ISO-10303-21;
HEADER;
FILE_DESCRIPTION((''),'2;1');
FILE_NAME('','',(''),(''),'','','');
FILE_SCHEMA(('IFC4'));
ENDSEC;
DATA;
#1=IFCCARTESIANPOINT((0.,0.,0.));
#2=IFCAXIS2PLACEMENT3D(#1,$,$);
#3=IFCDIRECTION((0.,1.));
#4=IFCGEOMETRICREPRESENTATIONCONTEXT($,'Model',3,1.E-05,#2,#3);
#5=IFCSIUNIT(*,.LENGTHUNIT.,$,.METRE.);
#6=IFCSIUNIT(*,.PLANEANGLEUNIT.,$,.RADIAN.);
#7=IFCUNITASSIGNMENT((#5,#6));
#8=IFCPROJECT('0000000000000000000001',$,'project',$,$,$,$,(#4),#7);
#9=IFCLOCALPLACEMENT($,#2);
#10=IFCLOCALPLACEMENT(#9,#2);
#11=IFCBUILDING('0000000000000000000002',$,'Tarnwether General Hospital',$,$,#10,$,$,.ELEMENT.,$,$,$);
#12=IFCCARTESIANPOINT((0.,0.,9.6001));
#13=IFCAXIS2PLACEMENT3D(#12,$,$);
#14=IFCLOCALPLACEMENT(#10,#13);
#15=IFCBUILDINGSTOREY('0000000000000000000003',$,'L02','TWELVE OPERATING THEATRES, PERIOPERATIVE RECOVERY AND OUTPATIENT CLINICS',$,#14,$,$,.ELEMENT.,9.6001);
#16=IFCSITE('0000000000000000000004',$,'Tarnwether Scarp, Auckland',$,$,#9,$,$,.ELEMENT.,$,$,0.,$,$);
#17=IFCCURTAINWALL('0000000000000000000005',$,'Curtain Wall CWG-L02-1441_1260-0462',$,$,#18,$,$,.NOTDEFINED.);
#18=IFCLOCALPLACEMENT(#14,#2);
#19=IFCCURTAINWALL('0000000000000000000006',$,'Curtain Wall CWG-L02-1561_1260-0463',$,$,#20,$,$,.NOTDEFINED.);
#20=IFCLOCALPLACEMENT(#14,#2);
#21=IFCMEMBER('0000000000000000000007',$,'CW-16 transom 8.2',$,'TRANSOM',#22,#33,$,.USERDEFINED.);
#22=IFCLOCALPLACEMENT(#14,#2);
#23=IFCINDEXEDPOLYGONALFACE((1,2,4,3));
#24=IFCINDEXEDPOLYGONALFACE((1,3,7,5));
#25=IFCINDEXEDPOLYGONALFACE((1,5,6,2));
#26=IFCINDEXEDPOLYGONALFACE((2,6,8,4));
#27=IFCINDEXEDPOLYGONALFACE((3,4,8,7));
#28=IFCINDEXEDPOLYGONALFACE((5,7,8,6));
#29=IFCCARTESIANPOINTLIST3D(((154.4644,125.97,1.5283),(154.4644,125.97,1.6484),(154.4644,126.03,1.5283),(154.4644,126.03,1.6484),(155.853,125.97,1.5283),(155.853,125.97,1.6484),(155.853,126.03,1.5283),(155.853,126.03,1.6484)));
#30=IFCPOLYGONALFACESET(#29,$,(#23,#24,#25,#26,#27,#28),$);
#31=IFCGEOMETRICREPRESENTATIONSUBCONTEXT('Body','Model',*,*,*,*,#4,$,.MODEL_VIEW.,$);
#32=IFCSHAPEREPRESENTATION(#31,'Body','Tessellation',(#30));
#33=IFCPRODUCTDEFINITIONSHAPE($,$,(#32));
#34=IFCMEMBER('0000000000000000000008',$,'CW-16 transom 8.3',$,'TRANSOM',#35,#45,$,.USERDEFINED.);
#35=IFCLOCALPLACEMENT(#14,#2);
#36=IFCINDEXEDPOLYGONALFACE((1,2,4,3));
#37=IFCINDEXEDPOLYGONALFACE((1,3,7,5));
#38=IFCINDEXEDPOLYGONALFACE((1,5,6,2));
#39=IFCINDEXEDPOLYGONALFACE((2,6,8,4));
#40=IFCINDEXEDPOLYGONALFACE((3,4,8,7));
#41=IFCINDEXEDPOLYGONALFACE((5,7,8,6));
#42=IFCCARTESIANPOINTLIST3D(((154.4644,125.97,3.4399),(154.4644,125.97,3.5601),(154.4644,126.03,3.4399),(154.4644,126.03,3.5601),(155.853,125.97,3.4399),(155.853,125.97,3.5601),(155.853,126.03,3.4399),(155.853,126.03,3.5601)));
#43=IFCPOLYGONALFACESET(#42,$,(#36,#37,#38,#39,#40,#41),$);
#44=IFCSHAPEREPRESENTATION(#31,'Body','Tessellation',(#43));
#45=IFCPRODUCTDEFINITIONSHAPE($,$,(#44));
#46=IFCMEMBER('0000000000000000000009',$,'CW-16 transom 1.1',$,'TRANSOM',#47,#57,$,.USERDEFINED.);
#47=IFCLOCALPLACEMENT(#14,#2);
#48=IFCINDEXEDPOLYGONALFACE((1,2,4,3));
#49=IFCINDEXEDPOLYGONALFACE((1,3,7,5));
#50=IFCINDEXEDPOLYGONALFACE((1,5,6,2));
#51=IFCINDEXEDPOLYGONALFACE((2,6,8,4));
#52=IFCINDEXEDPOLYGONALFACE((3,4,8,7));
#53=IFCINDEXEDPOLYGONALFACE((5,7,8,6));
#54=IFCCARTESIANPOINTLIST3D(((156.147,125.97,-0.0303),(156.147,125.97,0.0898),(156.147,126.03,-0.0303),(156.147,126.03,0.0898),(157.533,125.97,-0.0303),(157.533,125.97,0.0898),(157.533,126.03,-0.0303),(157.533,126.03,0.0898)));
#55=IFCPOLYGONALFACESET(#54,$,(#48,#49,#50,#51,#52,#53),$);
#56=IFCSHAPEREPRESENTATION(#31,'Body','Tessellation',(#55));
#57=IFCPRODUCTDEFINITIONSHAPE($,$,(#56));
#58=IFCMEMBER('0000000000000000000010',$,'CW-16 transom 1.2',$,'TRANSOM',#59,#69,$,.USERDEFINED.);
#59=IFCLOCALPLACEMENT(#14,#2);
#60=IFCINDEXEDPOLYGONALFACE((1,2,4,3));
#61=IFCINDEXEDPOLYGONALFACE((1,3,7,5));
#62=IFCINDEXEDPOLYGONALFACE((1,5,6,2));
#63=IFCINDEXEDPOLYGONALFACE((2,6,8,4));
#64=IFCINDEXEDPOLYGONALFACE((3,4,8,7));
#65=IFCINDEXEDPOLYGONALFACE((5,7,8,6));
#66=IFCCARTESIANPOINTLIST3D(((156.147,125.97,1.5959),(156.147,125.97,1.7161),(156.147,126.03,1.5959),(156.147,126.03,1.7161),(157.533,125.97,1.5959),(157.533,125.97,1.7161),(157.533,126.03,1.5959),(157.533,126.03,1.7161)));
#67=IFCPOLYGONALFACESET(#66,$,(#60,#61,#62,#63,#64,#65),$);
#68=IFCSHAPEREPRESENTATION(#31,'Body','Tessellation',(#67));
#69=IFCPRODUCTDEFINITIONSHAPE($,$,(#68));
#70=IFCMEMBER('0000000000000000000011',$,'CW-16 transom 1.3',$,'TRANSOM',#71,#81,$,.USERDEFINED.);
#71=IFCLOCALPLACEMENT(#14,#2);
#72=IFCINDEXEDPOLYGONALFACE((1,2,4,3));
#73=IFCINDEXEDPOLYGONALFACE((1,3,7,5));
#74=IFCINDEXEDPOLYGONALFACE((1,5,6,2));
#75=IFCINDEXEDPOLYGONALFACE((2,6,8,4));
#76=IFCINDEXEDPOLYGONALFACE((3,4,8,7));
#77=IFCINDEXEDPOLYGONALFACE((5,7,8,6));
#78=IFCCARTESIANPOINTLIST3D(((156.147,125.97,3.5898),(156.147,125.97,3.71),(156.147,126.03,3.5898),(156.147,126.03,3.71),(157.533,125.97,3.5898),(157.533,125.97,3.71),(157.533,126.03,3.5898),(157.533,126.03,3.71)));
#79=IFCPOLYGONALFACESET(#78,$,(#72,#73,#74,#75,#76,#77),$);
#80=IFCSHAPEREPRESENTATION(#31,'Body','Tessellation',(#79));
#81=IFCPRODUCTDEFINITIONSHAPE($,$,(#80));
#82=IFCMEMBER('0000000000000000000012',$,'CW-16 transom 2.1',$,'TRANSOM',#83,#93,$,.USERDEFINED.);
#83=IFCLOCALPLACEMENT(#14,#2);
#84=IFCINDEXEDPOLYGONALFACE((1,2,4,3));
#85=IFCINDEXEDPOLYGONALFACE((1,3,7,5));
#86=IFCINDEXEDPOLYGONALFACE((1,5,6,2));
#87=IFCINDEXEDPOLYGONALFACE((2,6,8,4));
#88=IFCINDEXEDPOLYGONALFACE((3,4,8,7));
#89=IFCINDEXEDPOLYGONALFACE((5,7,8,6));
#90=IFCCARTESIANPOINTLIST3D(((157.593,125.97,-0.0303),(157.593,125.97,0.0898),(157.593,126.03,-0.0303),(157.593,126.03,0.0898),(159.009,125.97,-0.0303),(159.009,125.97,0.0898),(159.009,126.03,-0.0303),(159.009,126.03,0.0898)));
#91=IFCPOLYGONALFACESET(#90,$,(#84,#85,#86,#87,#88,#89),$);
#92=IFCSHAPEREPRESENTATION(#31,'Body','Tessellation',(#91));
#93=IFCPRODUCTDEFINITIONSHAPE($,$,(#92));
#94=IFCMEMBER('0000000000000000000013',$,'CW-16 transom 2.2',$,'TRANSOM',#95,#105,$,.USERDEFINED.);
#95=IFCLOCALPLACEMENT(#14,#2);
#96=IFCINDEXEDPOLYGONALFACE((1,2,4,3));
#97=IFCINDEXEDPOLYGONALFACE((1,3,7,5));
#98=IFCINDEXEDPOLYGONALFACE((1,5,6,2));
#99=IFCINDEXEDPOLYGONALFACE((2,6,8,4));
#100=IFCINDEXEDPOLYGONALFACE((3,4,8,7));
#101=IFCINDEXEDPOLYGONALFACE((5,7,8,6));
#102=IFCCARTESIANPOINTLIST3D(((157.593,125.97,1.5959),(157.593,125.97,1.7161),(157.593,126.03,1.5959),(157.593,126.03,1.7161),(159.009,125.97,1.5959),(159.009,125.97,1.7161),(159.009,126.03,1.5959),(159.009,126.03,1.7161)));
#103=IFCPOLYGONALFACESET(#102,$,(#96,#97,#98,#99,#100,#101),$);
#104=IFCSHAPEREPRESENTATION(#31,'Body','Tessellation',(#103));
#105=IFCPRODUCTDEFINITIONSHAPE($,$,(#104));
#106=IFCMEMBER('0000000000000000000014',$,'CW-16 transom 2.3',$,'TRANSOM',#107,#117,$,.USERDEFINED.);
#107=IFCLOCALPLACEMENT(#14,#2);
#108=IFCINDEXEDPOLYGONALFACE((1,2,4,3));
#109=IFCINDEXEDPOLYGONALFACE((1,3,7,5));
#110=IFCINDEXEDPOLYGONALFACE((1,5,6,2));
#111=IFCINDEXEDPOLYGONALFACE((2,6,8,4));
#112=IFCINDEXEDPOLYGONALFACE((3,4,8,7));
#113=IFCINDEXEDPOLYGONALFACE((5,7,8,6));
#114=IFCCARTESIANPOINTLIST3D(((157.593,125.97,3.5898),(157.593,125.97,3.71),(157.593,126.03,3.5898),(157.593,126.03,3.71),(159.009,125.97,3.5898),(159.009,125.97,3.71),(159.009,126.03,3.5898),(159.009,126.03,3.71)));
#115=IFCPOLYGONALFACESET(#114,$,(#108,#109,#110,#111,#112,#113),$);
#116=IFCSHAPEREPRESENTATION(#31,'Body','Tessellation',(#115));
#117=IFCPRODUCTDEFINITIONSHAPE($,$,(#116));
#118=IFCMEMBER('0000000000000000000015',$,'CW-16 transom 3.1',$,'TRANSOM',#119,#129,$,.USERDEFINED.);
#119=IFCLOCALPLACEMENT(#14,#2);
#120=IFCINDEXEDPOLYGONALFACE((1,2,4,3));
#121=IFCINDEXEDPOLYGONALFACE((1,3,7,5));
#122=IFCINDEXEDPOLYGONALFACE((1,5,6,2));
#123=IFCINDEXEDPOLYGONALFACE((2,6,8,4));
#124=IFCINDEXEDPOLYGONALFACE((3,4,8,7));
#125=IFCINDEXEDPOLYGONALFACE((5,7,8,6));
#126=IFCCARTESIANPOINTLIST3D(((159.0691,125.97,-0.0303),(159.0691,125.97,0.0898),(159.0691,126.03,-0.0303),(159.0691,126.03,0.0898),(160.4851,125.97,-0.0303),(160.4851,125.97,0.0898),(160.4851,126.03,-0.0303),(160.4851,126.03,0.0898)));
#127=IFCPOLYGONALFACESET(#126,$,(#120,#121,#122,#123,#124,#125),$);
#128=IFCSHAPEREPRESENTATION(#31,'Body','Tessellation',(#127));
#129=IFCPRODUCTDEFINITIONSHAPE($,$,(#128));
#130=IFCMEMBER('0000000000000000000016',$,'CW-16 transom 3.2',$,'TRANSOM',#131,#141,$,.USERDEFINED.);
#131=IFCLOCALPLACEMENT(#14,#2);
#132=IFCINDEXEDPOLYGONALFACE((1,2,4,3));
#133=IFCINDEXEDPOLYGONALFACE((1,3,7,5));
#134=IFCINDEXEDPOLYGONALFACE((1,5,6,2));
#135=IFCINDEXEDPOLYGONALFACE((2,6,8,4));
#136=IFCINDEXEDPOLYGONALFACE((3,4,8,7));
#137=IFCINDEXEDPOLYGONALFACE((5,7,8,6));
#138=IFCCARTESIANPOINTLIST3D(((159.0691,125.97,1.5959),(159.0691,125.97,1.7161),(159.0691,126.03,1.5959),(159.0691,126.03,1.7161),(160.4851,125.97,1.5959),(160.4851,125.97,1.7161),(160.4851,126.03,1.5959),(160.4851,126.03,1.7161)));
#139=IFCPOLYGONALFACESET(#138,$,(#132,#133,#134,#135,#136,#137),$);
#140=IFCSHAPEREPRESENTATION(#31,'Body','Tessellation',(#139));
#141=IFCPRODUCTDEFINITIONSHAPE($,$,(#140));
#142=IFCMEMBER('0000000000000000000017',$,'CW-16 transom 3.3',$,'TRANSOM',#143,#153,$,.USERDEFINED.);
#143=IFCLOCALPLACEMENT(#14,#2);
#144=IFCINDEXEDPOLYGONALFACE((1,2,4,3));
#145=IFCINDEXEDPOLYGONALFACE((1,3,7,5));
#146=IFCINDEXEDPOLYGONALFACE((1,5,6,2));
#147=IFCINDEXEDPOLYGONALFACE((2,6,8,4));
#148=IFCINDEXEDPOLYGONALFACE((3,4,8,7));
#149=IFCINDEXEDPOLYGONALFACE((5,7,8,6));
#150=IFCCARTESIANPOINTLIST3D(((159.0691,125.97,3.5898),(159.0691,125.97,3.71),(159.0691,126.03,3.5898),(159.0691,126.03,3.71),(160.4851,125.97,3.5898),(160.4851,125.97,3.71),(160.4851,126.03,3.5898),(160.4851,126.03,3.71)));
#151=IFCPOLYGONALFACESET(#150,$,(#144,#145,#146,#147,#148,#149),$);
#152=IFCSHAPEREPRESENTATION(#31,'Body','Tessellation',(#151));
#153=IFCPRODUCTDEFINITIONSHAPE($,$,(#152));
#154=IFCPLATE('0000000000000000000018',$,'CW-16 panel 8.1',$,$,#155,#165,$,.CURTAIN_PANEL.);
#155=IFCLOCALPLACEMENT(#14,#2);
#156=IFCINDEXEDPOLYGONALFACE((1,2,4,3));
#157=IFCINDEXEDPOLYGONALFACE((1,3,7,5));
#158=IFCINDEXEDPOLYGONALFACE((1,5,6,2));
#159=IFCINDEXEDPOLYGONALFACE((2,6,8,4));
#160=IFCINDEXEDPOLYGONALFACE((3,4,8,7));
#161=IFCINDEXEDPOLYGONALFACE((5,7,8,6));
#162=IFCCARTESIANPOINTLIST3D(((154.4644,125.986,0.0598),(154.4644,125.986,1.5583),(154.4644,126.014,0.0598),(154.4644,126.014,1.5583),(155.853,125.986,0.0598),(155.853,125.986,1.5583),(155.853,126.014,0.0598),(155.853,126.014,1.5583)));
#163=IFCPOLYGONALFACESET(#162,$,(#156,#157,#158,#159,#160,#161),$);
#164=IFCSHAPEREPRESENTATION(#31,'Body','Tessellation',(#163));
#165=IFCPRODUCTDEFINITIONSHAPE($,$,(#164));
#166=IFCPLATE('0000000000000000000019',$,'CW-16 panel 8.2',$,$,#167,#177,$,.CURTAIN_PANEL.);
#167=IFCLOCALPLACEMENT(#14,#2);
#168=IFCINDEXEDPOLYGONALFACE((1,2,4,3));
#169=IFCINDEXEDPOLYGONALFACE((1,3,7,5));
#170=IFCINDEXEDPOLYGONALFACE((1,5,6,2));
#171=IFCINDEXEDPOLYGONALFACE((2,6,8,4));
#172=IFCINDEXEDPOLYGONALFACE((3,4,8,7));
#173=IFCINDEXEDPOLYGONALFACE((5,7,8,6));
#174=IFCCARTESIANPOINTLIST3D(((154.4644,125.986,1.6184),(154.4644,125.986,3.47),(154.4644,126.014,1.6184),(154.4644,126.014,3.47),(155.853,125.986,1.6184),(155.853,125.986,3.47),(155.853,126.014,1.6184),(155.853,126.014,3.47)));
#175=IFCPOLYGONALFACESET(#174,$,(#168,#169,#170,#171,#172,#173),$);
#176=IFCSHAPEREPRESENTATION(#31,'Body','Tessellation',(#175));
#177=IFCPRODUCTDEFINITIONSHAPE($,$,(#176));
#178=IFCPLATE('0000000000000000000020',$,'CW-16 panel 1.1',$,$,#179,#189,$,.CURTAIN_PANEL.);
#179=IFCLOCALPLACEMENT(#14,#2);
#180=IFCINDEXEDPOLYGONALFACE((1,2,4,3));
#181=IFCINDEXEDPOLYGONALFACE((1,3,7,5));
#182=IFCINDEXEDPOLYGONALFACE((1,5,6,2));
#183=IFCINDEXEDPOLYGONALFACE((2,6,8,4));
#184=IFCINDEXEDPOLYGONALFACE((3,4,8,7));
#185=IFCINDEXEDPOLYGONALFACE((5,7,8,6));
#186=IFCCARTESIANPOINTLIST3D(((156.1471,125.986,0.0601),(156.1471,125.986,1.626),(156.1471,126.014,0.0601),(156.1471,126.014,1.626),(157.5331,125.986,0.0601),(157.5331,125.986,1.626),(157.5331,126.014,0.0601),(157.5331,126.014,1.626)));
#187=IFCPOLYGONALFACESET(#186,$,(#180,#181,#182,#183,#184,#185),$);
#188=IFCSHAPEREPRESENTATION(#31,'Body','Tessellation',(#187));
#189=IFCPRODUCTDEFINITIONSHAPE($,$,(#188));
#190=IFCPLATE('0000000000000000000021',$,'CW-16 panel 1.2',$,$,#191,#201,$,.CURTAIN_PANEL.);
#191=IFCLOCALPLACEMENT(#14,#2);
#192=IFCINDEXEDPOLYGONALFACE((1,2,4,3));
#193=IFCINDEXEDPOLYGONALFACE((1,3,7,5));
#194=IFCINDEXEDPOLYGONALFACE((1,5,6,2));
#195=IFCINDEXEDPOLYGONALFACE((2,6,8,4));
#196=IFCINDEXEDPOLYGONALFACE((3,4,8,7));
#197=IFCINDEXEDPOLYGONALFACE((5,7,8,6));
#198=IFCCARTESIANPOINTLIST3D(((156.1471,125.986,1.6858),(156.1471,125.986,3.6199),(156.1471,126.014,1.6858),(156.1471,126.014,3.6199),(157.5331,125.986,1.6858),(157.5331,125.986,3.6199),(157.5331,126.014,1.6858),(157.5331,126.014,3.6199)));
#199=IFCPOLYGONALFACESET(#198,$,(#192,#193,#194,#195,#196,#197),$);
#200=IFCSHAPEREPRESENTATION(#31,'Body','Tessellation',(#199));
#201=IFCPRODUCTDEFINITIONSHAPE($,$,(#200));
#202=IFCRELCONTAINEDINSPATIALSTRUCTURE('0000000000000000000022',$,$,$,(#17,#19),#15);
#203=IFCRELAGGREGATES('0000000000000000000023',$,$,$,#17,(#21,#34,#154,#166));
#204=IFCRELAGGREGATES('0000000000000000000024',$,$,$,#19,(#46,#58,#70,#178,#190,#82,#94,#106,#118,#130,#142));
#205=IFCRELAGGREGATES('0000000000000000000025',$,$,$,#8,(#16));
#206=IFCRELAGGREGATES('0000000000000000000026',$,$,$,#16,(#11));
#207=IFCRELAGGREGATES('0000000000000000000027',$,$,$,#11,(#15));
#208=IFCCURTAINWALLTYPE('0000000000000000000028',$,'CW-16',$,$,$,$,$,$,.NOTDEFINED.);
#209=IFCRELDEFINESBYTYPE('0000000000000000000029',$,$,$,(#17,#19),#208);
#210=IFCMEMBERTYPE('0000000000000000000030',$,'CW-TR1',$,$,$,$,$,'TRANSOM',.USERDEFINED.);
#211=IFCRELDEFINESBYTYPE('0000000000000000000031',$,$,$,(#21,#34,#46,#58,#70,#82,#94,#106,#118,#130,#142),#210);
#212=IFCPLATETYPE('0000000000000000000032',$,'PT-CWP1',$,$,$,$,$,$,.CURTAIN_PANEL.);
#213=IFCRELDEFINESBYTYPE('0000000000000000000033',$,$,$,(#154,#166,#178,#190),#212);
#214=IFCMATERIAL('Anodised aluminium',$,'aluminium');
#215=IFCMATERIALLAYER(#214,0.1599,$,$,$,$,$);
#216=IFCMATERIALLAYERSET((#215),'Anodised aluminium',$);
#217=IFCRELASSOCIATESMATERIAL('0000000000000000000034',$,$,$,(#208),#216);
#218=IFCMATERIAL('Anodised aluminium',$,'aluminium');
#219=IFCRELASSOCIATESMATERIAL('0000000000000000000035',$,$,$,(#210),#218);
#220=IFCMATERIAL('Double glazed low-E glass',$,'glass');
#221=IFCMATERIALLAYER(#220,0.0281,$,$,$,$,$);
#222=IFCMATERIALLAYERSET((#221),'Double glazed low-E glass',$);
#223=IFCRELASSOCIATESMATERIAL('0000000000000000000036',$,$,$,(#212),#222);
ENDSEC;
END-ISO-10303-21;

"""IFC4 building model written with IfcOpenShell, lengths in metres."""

from ifc_helpers import new_model, si_unit, direction, frame, origin, origin_2d, place, context, subcontext, project, spatial, rectangle, extrude, material, layer, layer_set, material_profile, profile_set, type_object, element, aggregate, save


model = new_model("IFC4")

# Units and contexts
model_context = context("Model", 3, precision=1e-05, world=origin(), true_north=direction((0.0, 1.0)))
body_context = subcontext(model_context, "Body", "Model", "MODEL_VIEW")
ifc_project = project(units=[si_unit("LENGTHUNIT", "METRE"), si_unit("PLANEANGLEUNIT", "RADIAN")], contexts=[model_context])

# Site, building, storey
site_placement = place(None, origin())
site = spatial("IfcSite", under=ifc_project, at=site_placement, Name="Tarnwether Scarp, Auckland", CompositionType="ELEMENT", RefElevation=0.0)
building_placement = place(site_placement, origin())
building = spatial("IfcBuilding", under=site, at=building_placement, Name="Tarnwether General Hospital", CompositionType="ELEMENT")
storey_placement = place(building_placement, frame((0.0, 0.0, 9.6001)))
storey = spatial("IfcBuildingStorey", under=building, at=storey_placement, Name="L02", Description="TWELVE OPERATING THEATRES, PERIOPERATIVE RECOVERY AND OUTPATIENT CLINICS", CompositionType="ELEMENT", Elevation=9.6001)

# Curtain walls
ifc_material_1 = material(Name="Anodised aluminium", Category="aluminium")
ifc_layer_1 = layer(ifc_material_1, 0.1599)
ifc_layer_set_1 = layer_set([ifc_layer_1], Name="Anodised aluminium")
curtain_wall_type = type_object("IfcCurtainWallType", Name="CW-16", PredefinedType="NOTDEFINED", material=ifc_layer_set_1)
curtain_wall_1_placement = place(storey_placement, origin())
curtain_wall_1 = element("IfcCurtainWall", 1, at=curtain_wall_1_placement, inside=storey, type_object=curtain_wall_type, Name="Curtain Wall CWG-L02-1441_1260-0462", PredefinedType="NOTDEFINED")
curtain_wall_2_placement = place(storey_placement, origin())
curtain_wall_2 = element("IfcCurtainWall", 2, at=curtain_wall_2_placement, inside=storey, type_object=curtain_wall_type, Name="Curtain Wall CWG-L02-1561_1260-0463", PredefinedType="NOTDEFINED")

# Members
ifc_material_2 = material(Name="Anodised aluminium", Category="aluminium")
ifc_material_profile_1 = material_profile(ifc_material_2, rectangle(XDim=0.0601, YDim=0.1201, at=origin_2d()), Name="ALU-TRN-60x120")
ifc_profile_set_1 = profile_set([ifc_material_profile_1], Name="Anodised aluminium")
member_type_1 = type_object("IfcMemberType", Name="CW-TR1", ElementType="TRANSOM", PredefinedType="USERDEFINED", material=ifc_profile_set_1)
member_1_placement = place(storey_placement, frame((154.4644, 126.0, 1.5884), z_axis=(1.0, 0.0, 0.0), x_axis=(0.0, 1.0, 0.0)))
member_1 = element("IfcMember", 3, at=member_1_placement, type_object=member_type_1, Name="CW-16 transom 8.2", ObjectType="TRANSOM", PredefinedType="USERDEFINED", context=body_context, shape_type="SweptSolid", body=[
    extrude(rectangle(XDim=0.0601, YDim=0.1201, at=origin_2d()), origin(), (0.0, 0.0, 1.0), 1.3887),
])
member_2_placement = place(storey_placement, frame((154.4644, 126.0, 3.5), z_axis=(1.0, 0.0, 0.0), x_axis=(0.0, 1.0, 0.0)))
member_2 = element("IfcMember", 4, at=member_2_placement, type_object=member_type_1, Name="CW-16 transom 8.3", ObjectType="TRANSOM", PredefinedType="USERDEFINED", context=body_context, shape_type="SweptSolid", body=[
    extrude(rectangle(XDim=0.0601, YDim=0.1201, at=origin_2d()), origin(), (0.0, 0.0, 1.0), 1.3887),
])
member_3_placement = place(storey_placement, frame((156.147, 126.0, 0.0298), z_axis=(1.0, 0.0, 0.0), x_axis=(0.0, 1.0, 0.0)))
member_3 = element("IfcMember", 5, at=member_3_placement, type_object=member_type_1, Name="CW-16 transom 1.1", ObjectType="TRANSOM", PredefinedType="USERDEFINED", context=body_context, shape_type="SweptSolid", body=[
    extrude(rectangle(XDim=0.0601, YDim=0.1201, at=origin_2d()), origin(), (0.0, 0.0, 1.0), 1.386),
])
member_4_placement = place(storey_placement, frame((156.147, 126.0, 1.656), z_axis=(1.0, 0.0, 0.0), x_axis=(0.0, 1.0, 0.0)))
member_4 = element("IfcMember", 6, at=member_4_placement, type_object=member_type_1, Name="CW-16 transom 1.2", ObjectType="TRANSOM", PredefinedType="USERDEFINED", context=body_context, shape_type="SweptSolid", body=[
    extrude(rectangle(XDim=0.0601, YDim=0.1201, at=origin_2d()), origin(), (0.0, 0.0, 1.0), 1.386),
])
member_5_placement = place(storey_placement, frame((156.147, 126.0, 3.6499), z_axis=(1.0, 0.0, 0.0), x_axis=(0.0, 1.0, 0.0)))
member_5 = element("IfcMember", 7, at=member_5_placement, type_object=member_type_1, Name="CW-16 transom 1.3", ObjectType="TRANSOM", PredefinedType="USERDEFINED", context=body_context, shape_type="SweptSolid", body=[
    extrude(rectangle(XDim=0.0601, YDim=0.1201, at=origin_2d()), origin(), (0.0, 0.0, 1.0), 1.386),
])
member_6_placement = place(storey_placement, frame((157.593, 126.0, 0.0298), z_axis=(1.0, 0.0, 0.0), x_axis=(0.0, 1.0, 0.0)))
member_6 = element("IfcMember", 8, at=member_6_placement, type_object=member_type_1, Name="CW-16 transom 2.1", ObjectType="TRANSOM", PredefinedType="USERDEFINED", context=body_context, shape_type="SweptSolid", body=[
    extrude(rectangle(XDim=0.0601, YDim=0.1201, at=origin_2d()), origin(), (0.0, 0.0, 1.0), 1.416),
])
member_7_placement = place(storey_placement, frame((157.593, 126.0, 1.656), z_axis=(1.0, 0.0, 0.0), x_axis=(0.0, 1.0, 0.0)))
member_7 = element("IfcMember", 9, at=member_7_placement, type_object=member_type_1, Name="CW-16 transom 2.2", ObjectType="TRANSOM", PredefinedType="USERDEFINED", context=body_context, shape_type="SweptSolid", body=[
    extrude(rectangle(XDim=0.0601, YDim=0.1201, at=origin_2d()), origin(), (0.0, 0.0, 1.0), 1.416),
])
member_8_placement = place(storey_placement, frame((157.593, 126.0, 3.6499), z_axis=(1.0, 0.0, 0.0), x_axis=(0.0, 1.0, 0.0)))
member_8 = element("IfcMember", 10, at=member_8_placement, type_object=member_type_1, Name="CW-16 transom 2.3", ObjectType="TRANSOM", PredefinedType="USERDEFINED", context=body_context, shape_type="SweptSolid", body=[
    extrude(rectangle(XDim=0.0601, YDim=0.1201, at=origin_2d()), origin(), (0.0, 0.0, 1.0), 1.416),
])
member_9_placement = place(storey_placement, frame((159.0691, 126.0, 0.0298), z_axis=(1.0, 0.0, 0.0), x_axis=(0.0, 1.0, 0.0)))
member_9 = element("IfcMember", 11, at=member_9_placement, type_object=member_type_1, Name="CW-16 transom 3.1", ObjectType="TRANSOM", PredefinedType="USERDEFINED", context=body_context, shape_type="SweptSolid", body=[
    extrude(rectangle(XDim=0.0601, YDim=0.1201, at=origin_2d()), origin(), (0.0, 0.0, 1.0), 1.416),
])
member_10_placement = place(storey_placement, frame((159.0691, 126.0, 1.656), z_axis=(1.0, 0.0, 0.0), x_axis=(0.0, 1.0, 0.0)))
member_10 = element("IfcMember", 12, at=member_10_placement, type_object=member_type_1, Name="CW-16 transom 3.2", ObjectType="TRANSOM", PredefinedType="USERDEFINED", context=body_context, shape_type="SweptSolid", body=[
    extrude(rectangle(XDim=0.0601, YDim=0.1201, at=origin_2d()), origin(), (0.0, 0.0, 1.0), 1.416),
])
member_11_placement = place(storey_placement, frame((159.0691, 126.0, 3.6499), z_axis=(1.0, 0.0, 0.0), x_axis=(0.0, 1.0, 0.0)))
member_11 = element("IfcMember", 13, at=member_11_placement, type_object=member_type_1, Name="CW-16 transom 3.3", ObjectType="TRANSOM", PredefinedType="USERDEFINED", context=body_context, shape_type="SweptSolid", body=[
    extrude(rectangle(XDim=0.0601, YDim=0.1201, at=origin_2d()), origin(), (0.0, 0.0, 1.0), 1.416),
])

# Plates
ifc_material_3 = material(Name="Double glazed low-E glass", Category="glass")
ifc_layer_2 = layer(ifc_material_3, 0.0281)
ifc_layer_set_2 = layer_set([ifc_layer_2], Name="Double glazed low-E glass")
plate_type_1 = type_object("IfcPlateType", Name="PT-CWP1", PredefinedType="CURTAIN_PANEL", material=ifc_layer_set_2)
plate_1_placement = place(storey_placement, frame((155.1587, 126.0, 0.0598), z_axis=(0.0, 0.0, 1.0), x_axis=(1.0, 0.0, 0.0)))
plate_1 = element("IfcPlate", 14, at=plate_1_placement, type_object=plate_type_1, Name="CW-16 panel 8.1", PredefinedType="CURTAIN_PANEL", context=body_context, shape_type="SweptSolid", body=[
    extrude(rectangle(XDim=1.3887, YDim=0.0281, at=origin_2d()), origin(), (0.0, 0.0, 1.0), 1.4985),
])
plate_2_placement = place(storey_placement, frame((155.1587, 126.0, 1.6184), z_axis=(0.0, 0.0, 1.0), x_axis=(1.0, 0.0, 0.0)))
plate_2 = element("IfcPlate", 15, at=plate_2_placement, type_object=plate_type_1, Name="CW-16 panel 8.2", PredefinedType="CURTAIN_PANEL", context=body_context, shape_type="SweptSolid", body=[
    extrude(rectangle(XDim=1.3887, YDim=0.0281, at=origin_2d()), origin(), (0.0, 0.0, 1.0), 1.8516),
])
aggregate(curtain_wall_1, [member_1, member_2, plate_1, plate_2])
plate_3_placement = place(storey_placement, frame((156.8401, 126.0, 0.0601), z_axis=(0.0, 0.0, 1.0), x_axis=(1.0, 0.0, 0.0)))
plate_3 = element("IfcPlate", 16, at=plate_3_placement, type_object=plate_type_1, Name="CW-16 panel 1.1", PredefinedType="CURTAIN_PANEL", context=body_context, shape_type="SweptSolid", body=[
    extrude(rectangle(XDim=1.386, YDim=0.0281, at=origin_2d()), origin(), (0.0, 0.0, 1.0), 1.5659),
])
plate_4_placement = place(storey_placement, frame((156.8401, 126.0, 1.6858), z_axis=(0.0, 0.0, 1.0), x_axis=(1.0, 0.0, 0.0)))
plate_4 = element("IfcPlate", 17, at=plate_4_placement, type_object=plate_type_1, Name="CW-16 panel 1.2", PredefinedType="CURTAIN_PANEL", context=body_context, shape_type="SweptSolid", body=[
    extrude(rectangle(XDim=1.386, YDim=0.0281, at=origin_2d()), origin(), (0.0, 0.0, 1.0), 1.9341),
])
aggregate(curtain_wall_2, [member_3, member_4, member_5, plate_3, plate_4, member_6, member_7, member_8, member_9, member_10, member_11])

save(model, "model.ifc")
